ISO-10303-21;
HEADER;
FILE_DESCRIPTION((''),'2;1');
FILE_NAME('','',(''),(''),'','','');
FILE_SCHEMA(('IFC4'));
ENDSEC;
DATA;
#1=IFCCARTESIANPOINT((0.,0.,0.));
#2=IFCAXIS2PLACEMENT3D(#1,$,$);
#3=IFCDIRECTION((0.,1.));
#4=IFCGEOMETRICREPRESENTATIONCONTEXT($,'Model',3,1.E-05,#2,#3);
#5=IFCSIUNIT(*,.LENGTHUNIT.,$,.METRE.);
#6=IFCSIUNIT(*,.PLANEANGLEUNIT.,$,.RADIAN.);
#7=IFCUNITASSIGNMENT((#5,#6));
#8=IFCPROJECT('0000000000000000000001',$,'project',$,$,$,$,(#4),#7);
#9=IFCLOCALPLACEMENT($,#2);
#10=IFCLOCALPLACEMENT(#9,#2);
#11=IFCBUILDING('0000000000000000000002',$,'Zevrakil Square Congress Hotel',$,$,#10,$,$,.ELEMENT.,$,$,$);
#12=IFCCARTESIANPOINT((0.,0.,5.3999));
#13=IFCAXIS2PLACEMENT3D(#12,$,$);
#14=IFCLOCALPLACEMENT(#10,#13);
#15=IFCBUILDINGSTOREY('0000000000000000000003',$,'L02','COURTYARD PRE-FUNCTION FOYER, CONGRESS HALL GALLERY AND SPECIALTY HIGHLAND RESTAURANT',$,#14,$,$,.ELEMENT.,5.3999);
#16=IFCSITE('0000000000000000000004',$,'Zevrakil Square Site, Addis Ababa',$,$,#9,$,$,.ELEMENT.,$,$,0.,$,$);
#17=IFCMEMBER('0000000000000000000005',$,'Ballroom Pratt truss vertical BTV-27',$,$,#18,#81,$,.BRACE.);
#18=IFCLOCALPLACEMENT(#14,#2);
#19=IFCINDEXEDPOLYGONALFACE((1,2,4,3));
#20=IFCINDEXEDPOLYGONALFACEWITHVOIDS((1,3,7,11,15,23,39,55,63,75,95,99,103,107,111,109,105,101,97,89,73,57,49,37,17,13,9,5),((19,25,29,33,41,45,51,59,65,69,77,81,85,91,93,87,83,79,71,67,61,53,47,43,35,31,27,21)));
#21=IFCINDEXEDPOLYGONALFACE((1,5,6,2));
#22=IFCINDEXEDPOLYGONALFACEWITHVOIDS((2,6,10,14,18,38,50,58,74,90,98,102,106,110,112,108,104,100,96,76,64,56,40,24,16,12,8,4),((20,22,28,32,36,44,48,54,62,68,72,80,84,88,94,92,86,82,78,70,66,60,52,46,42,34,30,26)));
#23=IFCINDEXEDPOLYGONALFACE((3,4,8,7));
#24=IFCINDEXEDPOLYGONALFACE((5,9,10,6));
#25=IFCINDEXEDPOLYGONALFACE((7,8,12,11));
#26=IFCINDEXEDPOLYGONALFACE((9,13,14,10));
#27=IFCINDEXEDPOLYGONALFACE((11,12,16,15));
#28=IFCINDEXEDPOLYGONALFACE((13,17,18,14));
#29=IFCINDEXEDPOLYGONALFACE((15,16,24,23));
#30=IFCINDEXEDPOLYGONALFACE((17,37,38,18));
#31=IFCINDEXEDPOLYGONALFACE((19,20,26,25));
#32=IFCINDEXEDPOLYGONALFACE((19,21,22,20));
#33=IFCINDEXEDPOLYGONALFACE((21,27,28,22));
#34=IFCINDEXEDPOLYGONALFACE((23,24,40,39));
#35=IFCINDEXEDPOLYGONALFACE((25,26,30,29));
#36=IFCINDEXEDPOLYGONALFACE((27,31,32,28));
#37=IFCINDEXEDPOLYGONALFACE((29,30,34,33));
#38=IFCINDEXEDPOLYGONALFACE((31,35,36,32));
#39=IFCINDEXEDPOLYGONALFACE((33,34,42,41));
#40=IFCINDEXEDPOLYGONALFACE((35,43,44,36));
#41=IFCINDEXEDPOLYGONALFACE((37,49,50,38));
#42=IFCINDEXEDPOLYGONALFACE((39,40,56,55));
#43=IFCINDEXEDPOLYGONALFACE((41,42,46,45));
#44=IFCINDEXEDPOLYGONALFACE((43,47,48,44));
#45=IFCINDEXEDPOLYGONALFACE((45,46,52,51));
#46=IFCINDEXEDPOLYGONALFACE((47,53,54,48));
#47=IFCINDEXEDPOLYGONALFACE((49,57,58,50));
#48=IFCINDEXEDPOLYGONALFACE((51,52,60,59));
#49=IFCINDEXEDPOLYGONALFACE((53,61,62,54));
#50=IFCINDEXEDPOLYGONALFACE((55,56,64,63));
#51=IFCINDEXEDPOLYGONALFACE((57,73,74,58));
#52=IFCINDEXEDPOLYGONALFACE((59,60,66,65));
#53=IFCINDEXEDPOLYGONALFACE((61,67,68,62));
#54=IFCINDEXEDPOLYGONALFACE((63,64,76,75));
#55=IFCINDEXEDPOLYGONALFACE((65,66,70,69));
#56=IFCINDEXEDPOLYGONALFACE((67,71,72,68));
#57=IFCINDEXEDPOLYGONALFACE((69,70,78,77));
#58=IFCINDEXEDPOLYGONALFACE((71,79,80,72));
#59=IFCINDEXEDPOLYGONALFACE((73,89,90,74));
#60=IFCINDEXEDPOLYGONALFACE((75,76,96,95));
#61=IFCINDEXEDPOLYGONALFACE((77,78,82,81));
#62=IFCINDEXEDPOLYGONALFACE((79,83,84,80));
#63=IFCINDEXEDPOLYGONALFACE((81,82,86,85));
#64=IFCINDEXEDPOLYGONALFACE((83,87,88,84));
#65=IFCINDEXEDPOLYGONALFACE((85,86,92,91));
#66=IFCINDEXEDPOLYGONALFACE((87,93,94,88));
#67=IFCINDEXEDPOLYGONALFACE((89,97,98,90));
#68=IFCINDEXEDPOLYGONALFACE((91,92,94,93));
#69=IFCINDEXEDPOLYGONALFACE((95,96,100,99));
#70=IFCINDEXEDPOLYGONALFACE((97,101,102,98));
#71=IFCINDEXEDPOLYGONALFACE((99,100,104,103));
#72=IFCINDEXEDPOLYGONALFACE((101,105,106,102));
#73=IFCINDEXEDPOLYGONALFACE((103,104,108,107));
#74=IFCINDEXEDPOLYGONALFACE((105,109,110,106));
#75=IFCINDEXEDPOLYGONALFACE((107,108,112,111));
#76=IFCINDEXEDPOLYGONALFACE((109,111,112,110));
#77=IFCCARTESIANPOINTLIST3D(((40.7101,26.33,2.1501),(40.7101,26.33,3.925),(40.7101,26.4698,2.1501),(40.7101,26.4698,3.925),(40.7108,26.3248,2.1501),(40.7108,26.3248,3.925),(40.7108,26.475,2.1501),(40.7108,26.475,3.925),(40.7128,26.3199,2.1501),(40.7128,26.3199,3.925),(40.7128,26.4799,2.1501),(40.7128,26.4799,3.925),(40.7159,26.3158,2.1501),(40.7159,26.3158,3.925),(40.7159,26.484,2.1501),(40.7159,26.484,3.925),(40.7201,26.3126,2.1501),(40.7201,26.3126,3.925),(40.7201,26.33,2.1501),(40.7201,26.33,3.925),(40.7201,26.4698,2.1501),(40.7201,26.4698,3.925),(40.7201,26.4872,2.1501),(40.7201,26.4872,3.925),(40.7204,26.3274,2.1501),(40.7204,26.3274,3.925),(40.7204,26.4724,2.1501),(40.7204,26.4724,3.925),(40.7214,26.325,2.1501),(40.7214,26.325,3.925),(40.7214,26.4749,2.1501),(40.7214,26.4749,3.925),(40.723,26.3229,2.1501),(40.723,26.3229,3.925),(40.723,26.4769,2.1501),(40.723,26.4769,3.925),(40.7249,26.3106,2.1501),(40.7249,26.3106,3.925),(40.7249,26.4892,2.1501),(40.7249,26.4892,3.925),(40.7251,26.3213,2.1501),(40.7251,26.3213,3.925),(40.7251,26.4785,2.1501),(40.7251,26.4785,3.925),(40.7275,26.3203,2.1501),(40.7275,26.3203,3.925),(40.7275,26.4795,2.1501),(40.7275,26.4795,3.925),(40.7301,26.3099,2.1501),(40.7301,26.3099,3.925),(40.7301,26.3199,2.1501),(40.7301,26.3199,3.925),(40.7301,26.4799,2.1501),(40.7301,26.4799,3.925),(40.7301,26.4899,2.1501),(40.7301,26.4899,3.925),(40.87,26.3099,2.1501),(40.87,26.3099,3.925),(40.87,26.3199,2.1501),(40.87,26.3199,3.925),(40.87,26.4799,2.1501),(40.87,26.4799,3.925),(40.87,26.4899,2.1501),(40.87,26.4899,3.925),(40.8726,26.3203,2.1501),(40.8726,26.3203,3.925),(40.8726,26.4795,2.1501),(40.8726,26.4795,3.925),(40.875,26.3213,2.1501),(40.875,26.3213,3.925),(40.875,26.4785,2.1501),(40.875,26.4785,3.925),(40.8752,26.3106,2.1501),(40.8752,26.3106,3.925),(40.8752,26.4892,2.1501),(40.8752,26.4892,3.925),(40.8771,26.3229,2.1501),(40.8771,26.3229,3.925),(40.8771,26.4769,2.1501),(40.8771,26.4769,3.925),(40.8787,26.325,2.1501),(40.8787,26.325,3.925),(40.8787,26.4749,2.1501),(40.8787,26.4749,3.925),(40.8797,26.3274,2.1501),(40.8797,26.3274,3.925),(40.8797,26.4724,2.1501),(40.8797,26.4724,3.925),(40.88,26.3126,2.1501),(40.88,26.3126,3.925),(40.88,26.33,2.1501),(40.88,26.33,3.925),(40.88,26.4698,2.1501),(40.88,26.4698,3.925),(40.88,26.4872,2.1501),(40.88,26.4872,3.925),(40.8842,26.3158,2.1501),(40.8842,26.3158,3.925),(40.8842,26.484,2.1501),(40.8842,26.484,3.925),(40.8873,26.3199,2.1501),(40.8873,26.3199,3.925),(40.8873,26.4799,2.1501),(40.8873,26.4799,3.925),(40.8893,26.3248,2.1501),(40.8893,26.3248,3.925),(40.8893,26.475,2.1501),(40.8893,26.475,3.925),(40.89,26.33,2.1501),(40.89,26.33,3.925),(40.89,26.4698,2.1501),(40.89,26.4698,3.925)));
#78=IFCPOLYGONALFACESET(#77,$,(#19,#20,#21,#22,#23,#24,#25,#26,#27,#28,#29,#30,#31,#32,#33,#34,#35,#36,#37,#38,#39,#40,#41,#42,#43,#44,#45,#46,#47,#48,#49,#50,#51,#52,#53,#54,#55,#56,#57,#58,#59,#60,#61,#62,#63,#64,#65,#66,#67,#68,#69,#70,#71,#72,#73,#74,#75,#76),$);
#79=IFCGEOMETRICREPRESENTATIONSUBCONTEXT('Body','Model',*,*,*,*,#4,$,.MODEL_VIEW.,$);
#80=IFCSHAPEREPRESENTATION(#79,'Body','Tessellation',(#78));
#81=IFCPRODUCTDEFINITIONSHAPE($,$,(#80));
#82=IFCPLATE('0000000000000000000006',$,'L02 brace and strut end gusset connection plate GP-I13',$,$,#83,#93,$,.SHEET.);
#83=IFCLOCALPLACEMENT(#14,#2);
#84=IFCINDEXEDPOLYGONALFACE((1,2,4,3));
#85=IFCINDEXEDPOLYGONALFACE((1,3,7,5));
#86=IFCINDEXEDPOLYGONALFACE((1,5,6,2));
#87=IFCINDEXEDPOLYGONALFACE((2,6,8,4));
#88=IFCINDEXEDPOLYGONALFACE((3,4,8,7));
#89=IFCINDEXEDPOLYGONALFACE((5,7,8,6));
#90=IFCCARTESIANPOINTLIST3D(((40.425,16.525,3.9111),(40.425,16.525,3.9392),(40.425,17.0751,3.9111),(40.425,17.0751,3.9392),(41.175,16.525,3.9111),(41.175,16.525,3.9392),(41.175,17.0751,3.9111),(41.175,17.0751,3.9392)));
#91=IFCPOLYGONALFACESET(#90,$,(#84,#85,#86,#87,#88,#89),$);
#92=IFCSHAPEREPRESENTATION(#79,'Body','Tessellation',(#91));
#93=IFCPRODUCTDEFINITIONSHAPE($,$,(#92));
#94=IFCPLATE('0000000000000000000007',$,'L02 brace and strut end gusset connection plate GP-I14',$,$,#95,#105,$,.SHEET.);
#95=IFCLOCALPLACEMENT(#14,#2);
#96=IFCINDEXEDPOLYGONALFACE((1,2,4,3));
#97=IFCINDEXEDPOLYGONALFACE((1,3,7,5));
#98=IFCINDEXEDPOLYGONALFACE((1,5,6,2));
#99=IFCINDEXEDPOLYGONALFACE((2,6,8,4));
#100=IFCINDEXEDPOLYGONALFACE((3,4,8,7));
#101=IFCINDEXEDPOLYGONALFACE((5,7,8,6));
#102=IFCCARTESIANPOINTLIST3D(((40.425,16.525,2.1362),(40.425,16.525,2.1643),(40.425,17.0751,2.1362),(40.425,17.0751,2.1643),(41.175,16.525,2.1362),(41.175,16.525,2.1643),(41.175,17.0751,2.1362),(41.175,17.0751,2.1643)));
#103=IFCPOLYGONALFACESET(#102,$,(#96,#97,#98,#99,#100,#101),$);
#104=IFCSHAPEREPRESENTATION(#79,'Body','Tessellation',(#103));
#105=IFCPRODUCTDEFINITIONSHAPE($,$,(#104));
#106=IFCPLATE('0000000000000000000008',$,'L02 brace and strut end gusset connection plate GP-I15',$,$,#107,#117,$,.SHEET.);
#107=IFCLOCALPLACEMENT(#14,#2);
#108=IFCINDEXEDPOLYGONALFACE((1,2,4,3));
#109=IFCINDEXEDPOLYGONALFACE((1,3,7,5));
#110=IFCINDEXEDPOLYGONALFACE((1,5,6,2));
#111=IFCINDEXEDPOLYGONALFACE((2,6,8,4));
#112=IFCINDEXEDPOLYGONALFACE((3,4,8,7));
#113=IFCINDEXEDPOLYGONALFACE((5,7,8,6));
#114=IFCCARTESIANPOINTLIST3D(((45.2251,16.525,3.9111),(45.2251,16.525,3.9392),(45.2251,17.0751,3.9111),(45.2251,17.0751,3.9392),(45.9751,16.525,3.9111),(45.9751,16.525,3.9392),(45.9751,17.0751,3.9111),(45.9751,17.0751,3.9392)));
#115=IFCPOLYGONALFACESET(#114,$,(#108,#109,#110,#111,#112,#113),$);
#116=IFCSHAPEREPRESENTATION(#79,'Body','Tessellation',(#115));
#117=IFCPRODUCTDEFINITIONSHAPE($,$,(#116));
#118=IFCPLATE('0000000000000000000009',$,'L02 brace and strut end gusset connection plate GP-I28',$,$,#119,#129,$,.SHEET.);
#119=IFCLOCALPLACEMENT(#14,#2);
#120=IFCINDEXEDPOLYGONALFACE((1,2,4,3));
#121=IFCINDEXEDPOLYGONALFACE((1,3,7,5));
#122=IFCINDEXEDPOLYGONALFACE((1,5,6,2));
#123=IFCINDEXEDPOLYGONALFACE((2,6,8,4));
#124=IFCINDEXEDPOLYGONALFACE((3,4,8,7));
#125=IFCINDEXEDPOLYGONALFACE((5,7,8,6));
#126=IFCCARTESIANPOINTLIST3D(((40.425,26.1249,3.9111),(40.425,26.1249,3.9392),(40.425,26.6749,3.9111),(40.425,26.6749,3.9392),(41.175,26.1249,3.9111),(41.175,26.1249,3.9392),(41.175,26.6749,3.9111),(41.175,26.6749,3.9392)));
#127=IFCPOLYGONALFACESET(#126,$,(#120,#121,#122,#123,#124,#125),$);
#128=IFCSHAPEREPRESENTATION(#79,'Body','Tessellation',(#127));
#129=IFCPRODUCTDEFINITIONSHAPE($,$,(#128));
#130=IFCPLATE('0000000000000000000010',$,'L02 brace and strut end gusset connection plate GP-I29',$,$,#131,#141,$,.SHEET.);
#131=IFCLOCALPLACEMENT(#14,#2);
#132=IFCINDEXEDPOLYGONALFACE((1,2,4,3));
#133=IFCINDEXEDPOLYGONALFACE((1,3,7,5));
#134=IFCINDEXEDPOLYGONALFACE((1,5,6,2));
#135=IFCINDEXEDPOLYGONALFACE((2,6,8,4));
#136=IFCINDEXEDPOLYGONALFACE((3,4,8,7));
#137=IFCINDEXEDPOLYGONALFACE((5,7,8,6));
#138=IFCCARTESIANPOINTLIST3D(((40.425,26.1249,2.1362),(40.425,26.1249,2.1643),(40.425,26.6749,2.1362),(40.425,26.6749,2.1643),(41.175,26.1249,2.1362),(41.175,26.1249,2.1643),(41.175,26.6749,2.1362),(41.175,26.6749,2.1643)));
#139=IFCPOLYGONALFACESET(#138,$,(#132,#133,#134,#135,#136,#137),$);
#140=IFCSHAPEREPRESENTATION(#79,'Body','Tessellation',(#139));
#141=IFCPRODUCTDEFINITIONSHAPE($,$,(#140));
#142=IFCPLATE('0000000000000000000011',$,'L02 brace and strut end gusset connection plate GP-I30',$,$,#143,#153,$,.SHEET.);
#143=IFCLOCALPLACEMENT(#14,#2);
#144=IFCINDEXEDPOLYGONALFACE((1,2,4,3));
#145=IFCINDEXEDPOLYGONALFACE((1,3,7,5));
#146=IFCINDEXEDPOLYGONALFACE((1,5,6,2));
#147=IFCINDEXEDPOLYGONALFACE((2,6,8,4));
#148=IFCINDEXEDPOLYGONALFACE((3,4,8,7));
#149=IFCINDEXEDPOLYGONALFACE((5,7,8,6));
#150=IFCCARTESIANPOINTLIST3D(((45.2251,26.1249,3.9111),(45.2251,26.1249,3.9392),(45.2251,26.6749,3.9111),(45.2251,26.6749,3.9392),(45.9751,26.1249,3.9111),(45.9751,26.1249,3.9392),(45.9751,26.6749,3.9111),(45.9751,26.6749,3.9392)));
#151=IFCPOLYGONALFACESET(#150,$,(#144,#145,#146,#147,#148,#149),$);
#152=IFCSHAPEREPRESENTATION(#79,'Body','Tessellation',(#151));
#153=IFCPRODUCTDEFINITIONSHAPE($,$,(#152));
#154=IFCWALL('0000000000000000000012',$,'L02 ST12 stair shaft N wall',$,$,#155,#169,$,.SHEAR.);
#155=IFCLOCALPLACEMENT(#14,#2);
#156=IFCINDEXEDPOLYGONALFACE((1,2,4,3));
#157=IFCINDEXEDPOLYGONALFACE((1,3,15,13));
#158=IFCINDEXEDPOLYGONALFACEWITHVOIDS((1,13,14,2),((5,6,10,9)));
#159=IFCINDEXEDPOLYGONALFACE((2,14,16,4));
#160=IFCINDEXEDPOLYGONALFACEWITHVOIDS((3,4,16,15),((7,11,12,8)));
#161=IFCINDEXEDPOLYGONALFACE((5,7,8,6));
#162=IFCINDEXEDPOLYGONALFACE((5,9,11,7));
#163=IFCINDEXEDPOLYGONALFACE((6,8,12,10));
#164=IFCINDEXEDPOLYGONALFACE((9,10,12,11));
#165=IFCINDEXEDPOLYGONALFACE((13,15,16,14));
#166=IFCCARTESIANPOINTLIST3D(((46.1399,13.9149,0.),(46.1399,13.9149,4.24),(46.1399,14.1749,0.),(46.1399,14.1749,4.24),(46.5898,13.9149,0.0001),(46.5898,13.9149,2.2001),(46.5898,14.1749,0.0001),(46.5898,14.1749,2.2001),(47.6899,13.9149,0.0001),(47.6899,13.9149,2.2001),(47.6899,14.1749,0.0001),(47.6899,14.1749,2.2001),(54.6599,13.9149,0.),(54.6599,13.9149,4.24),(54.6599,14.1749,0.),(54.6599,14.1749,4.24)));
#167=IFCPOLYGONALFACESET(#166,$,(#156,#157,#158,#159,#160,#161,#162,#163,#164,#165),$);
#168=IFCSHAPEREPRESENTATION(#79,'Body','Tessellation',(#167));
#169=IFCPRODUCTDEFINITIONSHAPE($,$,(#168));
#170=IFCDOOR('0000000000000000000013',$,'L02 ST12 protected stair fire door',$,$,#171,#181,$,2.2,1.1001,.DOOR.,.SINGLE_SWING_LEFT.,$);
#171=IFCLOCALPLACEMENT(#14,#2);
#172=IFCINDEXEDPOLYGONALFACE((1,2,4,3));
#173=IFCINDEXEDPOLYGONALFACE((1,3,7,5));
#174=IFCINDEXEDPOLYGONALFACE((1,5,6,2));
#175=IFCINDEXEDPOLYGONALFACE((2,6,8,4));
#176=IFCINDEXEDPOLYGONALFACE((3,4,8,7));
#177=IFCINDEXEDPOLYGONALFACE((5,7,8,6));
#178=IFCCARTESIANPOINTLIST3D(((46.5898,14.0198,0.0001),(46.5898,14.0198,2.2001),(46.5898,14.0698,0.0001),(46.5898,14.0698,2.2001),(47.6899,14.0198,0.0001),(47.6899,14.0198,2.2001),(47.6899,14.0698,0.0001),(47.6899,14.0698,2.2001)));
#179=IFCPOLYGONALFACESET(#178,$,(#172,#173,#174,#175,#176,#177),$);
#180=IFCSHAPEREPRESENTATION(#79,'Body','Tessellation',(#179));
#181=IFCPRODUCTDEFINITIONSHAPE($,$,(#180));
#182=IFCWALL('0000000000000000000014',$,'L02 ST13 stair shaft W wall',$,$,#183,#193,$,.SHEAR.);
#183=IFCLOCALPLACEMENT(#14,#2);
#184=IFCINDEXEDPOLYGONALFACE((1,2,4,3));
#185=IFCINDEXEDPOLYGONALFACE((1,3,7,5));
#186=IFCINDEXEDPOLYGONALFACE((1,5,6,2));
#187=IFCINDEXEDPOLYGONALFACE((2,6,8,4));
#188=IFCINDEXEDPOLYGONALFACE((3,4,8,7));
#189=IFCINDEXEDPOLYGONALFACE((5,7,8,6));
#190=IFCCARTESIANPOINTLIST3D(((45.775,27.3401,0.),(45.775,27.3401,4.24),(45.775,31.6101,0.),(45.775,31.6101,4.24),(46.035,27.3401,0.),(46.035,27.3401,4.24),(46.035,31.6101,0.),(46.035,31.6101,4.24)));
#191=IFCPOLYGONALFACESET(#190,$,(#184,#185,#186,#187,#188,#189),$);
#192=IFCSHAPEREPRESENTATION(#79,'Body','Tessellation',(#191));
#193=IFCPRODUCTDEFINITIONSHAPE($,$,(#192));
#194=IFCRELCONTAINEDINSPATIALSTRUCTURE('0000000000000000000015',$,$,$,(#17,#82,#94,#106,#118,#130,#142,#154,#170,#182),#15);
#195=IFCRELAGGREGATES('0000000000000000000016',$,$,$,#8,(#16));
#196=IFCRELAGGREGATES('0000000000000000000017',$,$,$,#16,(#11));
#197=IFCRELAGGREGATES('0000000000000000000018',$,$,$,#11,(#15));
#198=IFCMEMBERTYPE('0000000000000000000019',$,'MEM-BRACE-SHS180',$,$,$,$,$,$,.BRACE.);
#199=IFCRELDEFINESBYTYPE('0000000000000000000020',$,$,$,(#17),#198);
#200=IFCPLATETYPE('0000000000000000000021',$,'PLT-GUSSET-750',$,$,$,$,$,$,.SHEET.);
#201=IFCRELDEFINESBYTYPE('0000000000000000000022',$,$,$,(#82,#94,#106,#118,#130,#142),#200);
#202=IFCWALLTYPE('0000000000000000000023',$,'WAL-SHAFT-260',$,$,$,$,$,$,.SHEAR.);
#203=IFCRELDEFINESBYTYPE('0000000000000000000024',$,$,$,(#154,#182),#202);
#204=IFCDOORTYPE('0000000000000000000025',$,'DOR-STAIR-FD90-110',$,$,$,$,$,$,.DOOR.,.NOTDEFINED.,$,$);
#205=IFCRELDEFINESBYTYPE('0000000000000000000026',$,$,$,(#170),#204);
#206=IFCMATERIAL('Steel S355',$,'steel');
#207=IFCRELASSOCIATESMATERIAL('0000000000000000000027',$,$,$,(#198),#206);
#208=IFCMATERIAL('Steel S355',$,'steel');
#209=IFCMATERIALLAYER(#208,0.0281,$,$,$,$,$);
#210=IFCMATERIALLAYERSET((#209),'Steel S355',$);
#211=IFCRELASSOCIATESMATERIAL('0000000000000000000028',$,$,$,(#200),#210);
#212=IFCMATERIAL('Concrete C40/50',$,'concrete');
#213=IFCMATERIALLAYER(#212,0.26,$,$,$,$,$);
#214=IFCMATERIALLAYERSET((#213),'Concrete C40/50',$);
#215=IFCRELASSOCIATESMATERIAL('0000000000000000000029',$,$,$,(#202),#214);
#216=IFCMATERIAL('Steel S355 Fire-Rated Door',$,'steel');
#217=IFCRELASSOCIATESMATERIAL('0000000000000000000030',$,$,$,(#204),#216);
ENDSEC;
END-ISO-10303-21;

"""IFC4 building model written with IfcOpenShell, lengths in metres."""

from ifc_helpers import new_model, si_unit, direction, frame, frame_2d, origin, origin_2d, place, context, subcontext, project, spatial, rectangle, hollow_rectangle, extrude, material, layer, layer_set, material_profile, profile_set, type_object, element, fill, save


model = new_model("IFC4")

# Units and contexts
model_context = context("Model", 3, precision=1e-05, world=origin(), true_north=direction((0.0, 1.0)))
body_context = subcontext(model_context, "Body", "Model", "MODEL_VIEW")
ifc_project = project(units=[si_unit("LENGTHUNIT", "METRE"), si_unit("PLANEANGLEUNIT", "RADIAN")], contexts=[model_context])

# Site, building, storey
site_placement = place(None, origin())
site = spatial("IfcSite", under=ifc_project, at=site_placement, Name="Zevrakil Square Site, Addis Ababa", CompositionType="ELEMENT", RefElevation=0.0)
building_placement = place(site_placement, origin())
building = spatial("IfcBuilding", under=site, at=building_placement, Name="Zevrakil Square Congress Hotel", CompositionType="ELEMENT")
storey_placement = place(building_placement, frame((0.0, 0.0, 5.3999)))
storey = spatial("IfcBuildingStorey", under=building, at=storey_placement, Name="L02", Description="COURTYARD PRE-FUNCTION FOYER, CONGRESS HALL GALLERY AND SPECIALTY HIGHLAND RESTAURANT", CompositionType="ELEMENT", Elevation=5.3999)

# Member
ifc_material_1 = material(Name="Steel S355", Category="steel")
ifc_material_profile_1 = material_profile(ifc_material_1, hollow_rectangle(XDim=0.1799, YDim=0.1799, WallThickness=0.01, InnerFilletRadius=0.01, OuterFilletRadius=0.02, at=origin_2d()), Name="SHS 180x180x10")
ifc_profile_set_1 = profile_set([ifc_material_profile_1], Name="Steel S355")
member_type_1 = type_object("IfcMemberType", Name="MEM-BRACE-SHS180", PredefinedType="BRACE", material=ifc_profile_set_1)
member_1_placement = place(storey_placement, frame((40.8, 26.3999, 2.1501), z_axis=(0.0, 0.0, 1.0), x_axis=(1.0, 0.0, 0.0)))
element("IfcMember", 1, at=member_1_placement, inside=storey, type_object=member_type_1, Name="Ballroom Pratt truss vertical BTV-27", PredefinedType="BRACE", context=body_context, shape_type="SweptSolid", body=[
    extrude(hollow_rectangle(XDim=0.1799, YDim=0.1799, WallThickness=0.01, InnerFilletRadius=0.01, OuterFilletRadius=0.02, at=origin_2d()), origin(), (0.0, 0.0, 1.0), 1.7749),
])

# Plates
ifc_material_2 = material(Name="Steel S355", Category="steel")
ifc_layer_1 = layer(ifc_material_2, 0.0281)
ifc_layer_set_1 = layer_set([ifc_layer_1], Name="Steel S355")
plate_type = type_object("IfcPlateType", Name="PLT-GUSSET-750", PredefinedType="SHEET", material=ifc_layer_set_1)
for number, where, z_axis, x_axis, name in (
    (2, (40.8, 16.8, 3.9111), (0.0, 0.0, 1.0), (1.0, 0.0, 0.0), "L02 brace and strut end gusset connection plate GP-I13"),
    (3, (40.8, 16.8, 2.1362), (0.0, 0.0, 1.0), (1.0, 0.0, 0.0), "L02 brace and strut end gusset connection plate GP-I14"),
    (4, (45.6001, 16.8, 3.9111), (0.0, 0.0, 1.0), (1.0, 0.0, 0.0), "L02 brace and strut end gusset connection plate GP-I15"),
    (5, (40.8, 26.3999, 3.9111), (0.0, 0.0, 1.0), (1.0, 0.0, 0.0), "L02 brace and strut end gusset connection plate GP-I28"),
    (6, (40.8, 26.3999, 2.1362), (0.0, 0.0, 1.0), (1.0, 0.0, 0.0), "L02 brace and strut end gusset connection plate GP-I29"),
    (7, (45.6001, 26.3999, 3.9111), (0.0, 0.0, 1.0), (1.0, 0.0, 0.0), "L02 brace and strut end gusset connection plate GP-I30"),
):
    element("IfcPlate", number, at=place(storey_placement, frame(where, z_axis=z_axis, x_axis=x_axis)), inside=storey, type_object=plate_type, Name=name, PredefinedType="SHEET", context=body_context, shape_type="SweptSolid", body=[
        extrude(rectangle(XDim=0.75, YDim=0.55, at=origin_2d()), origin(), (0.0, 0.0, 1.0), 0.0281),
    ])

# Wall, opening, door
ifc_material_3 = material(Name="Concrete C40/50", Category="concrete")
ifc_layer_2 = layer(ifc_material_3, 0.26)
ifc_layer_set_2 = layer_set([ifc_layer_2], Name="Concrete C40/50")
wall_type = type_object("IfcWallType", Name="WAL-SHAFT-260", PredefinedType="SHEAR", material=ifc_layer_set_2)
wall_1_placement = place(storey_placement, frame((46.1399, 14.0449, 0.0), z_axis=(0.0, 0.0, 1.0), x_axis=(1.0, 0.0, 0.0)))
wall_1 = element("IfcWall", 8, at=wall_1_placement, inside=storey, type_object=wall_type, Name="L02 ST12 stair shaft N wall", PredefinedType="SHEAR", context=body_context, shape_type="SweptSolid", body=[
    extrude(rectangle(XDim=8.52, YDim=0.26, at=frame_2d((4.26, 0.0))), origin(), (0.0, 0.0, 1.0), 4.24),
])
opening_placement = place(wall_1_placement, frame((0.45, 0.0, 0.0)))
opening = element("IfcOpeningElement", 9, at=opening_placement, cuts=wall_1, PredefinedType="OPENING", context=body_context, shape_type="SweptSolid", body=[
    extrude(rectangle(XDim=1.1001, YDim=2.2, at=frame_2d((0.55, 1.1001))), frame((0.0, 0.1401, 0.0), z_axis=(0.0, -1.0, 0.0), x_axis=(1.0, 0.0, 0.0)), (0.0, 0.0, 1.0), 0.28),
])
ifc_material_4 = material(Name="Steel S355 Fire-Rated Door", Category="steel")
door_type = type_object("IfcDoorType", Name="DOR-STAIR-FD90-110", OperationType="NOTDEFINED", PredefinedType="DOOR", material=ifc_material_4)
door_placement = place(opening_placement, origin())
door = element("IfcDoor", 10, at=door_placement, inside=storey, type_object=door_type, Name="L02 ST12 protected stair fire door", OperationType="SINGLE_SWING_LEFT", OverallHeight=2.2, OverallWidth=1.1001, PredefinedType="DOOR", context=body_context, shape_type="SweptSolid", body=[
    extrude(rectangle(XDim=1.1001, YDim=2.2, at=frame_2d((0.55, 1.1001))), frame((0.0, 0.0249, 0.0), z_axis=(0.0, -1.0, 0.0), x_axis=(1.0, 0.0, 0.0)), (0.0, 0.0, 1.0), 0.05),
])
fill(opening, door)

# Wall
wall_2_placement = place(storey_placement, frame((45.905, 27.3401, 0.0), z_axis=(0.0, 0.0, 1.0), x_axis=(0.0, 1.0, 0.0)))
element("IfcWall", 11, at=wall_2_placement, inside=storey, type_object=wall_type, Name="L02 ST13 stair shaft W wall", PredefinedType="SHEAR", context=body_context, shape_type="SweptSolid", body=[
    extrude(rectangle(XDim=4.27, YDim=0.26, at=frame_2d((2.135, 0.0))), origin(), (0.0, 0.0, 1.0), 4.24),
])

save(model, "model.ifc")
